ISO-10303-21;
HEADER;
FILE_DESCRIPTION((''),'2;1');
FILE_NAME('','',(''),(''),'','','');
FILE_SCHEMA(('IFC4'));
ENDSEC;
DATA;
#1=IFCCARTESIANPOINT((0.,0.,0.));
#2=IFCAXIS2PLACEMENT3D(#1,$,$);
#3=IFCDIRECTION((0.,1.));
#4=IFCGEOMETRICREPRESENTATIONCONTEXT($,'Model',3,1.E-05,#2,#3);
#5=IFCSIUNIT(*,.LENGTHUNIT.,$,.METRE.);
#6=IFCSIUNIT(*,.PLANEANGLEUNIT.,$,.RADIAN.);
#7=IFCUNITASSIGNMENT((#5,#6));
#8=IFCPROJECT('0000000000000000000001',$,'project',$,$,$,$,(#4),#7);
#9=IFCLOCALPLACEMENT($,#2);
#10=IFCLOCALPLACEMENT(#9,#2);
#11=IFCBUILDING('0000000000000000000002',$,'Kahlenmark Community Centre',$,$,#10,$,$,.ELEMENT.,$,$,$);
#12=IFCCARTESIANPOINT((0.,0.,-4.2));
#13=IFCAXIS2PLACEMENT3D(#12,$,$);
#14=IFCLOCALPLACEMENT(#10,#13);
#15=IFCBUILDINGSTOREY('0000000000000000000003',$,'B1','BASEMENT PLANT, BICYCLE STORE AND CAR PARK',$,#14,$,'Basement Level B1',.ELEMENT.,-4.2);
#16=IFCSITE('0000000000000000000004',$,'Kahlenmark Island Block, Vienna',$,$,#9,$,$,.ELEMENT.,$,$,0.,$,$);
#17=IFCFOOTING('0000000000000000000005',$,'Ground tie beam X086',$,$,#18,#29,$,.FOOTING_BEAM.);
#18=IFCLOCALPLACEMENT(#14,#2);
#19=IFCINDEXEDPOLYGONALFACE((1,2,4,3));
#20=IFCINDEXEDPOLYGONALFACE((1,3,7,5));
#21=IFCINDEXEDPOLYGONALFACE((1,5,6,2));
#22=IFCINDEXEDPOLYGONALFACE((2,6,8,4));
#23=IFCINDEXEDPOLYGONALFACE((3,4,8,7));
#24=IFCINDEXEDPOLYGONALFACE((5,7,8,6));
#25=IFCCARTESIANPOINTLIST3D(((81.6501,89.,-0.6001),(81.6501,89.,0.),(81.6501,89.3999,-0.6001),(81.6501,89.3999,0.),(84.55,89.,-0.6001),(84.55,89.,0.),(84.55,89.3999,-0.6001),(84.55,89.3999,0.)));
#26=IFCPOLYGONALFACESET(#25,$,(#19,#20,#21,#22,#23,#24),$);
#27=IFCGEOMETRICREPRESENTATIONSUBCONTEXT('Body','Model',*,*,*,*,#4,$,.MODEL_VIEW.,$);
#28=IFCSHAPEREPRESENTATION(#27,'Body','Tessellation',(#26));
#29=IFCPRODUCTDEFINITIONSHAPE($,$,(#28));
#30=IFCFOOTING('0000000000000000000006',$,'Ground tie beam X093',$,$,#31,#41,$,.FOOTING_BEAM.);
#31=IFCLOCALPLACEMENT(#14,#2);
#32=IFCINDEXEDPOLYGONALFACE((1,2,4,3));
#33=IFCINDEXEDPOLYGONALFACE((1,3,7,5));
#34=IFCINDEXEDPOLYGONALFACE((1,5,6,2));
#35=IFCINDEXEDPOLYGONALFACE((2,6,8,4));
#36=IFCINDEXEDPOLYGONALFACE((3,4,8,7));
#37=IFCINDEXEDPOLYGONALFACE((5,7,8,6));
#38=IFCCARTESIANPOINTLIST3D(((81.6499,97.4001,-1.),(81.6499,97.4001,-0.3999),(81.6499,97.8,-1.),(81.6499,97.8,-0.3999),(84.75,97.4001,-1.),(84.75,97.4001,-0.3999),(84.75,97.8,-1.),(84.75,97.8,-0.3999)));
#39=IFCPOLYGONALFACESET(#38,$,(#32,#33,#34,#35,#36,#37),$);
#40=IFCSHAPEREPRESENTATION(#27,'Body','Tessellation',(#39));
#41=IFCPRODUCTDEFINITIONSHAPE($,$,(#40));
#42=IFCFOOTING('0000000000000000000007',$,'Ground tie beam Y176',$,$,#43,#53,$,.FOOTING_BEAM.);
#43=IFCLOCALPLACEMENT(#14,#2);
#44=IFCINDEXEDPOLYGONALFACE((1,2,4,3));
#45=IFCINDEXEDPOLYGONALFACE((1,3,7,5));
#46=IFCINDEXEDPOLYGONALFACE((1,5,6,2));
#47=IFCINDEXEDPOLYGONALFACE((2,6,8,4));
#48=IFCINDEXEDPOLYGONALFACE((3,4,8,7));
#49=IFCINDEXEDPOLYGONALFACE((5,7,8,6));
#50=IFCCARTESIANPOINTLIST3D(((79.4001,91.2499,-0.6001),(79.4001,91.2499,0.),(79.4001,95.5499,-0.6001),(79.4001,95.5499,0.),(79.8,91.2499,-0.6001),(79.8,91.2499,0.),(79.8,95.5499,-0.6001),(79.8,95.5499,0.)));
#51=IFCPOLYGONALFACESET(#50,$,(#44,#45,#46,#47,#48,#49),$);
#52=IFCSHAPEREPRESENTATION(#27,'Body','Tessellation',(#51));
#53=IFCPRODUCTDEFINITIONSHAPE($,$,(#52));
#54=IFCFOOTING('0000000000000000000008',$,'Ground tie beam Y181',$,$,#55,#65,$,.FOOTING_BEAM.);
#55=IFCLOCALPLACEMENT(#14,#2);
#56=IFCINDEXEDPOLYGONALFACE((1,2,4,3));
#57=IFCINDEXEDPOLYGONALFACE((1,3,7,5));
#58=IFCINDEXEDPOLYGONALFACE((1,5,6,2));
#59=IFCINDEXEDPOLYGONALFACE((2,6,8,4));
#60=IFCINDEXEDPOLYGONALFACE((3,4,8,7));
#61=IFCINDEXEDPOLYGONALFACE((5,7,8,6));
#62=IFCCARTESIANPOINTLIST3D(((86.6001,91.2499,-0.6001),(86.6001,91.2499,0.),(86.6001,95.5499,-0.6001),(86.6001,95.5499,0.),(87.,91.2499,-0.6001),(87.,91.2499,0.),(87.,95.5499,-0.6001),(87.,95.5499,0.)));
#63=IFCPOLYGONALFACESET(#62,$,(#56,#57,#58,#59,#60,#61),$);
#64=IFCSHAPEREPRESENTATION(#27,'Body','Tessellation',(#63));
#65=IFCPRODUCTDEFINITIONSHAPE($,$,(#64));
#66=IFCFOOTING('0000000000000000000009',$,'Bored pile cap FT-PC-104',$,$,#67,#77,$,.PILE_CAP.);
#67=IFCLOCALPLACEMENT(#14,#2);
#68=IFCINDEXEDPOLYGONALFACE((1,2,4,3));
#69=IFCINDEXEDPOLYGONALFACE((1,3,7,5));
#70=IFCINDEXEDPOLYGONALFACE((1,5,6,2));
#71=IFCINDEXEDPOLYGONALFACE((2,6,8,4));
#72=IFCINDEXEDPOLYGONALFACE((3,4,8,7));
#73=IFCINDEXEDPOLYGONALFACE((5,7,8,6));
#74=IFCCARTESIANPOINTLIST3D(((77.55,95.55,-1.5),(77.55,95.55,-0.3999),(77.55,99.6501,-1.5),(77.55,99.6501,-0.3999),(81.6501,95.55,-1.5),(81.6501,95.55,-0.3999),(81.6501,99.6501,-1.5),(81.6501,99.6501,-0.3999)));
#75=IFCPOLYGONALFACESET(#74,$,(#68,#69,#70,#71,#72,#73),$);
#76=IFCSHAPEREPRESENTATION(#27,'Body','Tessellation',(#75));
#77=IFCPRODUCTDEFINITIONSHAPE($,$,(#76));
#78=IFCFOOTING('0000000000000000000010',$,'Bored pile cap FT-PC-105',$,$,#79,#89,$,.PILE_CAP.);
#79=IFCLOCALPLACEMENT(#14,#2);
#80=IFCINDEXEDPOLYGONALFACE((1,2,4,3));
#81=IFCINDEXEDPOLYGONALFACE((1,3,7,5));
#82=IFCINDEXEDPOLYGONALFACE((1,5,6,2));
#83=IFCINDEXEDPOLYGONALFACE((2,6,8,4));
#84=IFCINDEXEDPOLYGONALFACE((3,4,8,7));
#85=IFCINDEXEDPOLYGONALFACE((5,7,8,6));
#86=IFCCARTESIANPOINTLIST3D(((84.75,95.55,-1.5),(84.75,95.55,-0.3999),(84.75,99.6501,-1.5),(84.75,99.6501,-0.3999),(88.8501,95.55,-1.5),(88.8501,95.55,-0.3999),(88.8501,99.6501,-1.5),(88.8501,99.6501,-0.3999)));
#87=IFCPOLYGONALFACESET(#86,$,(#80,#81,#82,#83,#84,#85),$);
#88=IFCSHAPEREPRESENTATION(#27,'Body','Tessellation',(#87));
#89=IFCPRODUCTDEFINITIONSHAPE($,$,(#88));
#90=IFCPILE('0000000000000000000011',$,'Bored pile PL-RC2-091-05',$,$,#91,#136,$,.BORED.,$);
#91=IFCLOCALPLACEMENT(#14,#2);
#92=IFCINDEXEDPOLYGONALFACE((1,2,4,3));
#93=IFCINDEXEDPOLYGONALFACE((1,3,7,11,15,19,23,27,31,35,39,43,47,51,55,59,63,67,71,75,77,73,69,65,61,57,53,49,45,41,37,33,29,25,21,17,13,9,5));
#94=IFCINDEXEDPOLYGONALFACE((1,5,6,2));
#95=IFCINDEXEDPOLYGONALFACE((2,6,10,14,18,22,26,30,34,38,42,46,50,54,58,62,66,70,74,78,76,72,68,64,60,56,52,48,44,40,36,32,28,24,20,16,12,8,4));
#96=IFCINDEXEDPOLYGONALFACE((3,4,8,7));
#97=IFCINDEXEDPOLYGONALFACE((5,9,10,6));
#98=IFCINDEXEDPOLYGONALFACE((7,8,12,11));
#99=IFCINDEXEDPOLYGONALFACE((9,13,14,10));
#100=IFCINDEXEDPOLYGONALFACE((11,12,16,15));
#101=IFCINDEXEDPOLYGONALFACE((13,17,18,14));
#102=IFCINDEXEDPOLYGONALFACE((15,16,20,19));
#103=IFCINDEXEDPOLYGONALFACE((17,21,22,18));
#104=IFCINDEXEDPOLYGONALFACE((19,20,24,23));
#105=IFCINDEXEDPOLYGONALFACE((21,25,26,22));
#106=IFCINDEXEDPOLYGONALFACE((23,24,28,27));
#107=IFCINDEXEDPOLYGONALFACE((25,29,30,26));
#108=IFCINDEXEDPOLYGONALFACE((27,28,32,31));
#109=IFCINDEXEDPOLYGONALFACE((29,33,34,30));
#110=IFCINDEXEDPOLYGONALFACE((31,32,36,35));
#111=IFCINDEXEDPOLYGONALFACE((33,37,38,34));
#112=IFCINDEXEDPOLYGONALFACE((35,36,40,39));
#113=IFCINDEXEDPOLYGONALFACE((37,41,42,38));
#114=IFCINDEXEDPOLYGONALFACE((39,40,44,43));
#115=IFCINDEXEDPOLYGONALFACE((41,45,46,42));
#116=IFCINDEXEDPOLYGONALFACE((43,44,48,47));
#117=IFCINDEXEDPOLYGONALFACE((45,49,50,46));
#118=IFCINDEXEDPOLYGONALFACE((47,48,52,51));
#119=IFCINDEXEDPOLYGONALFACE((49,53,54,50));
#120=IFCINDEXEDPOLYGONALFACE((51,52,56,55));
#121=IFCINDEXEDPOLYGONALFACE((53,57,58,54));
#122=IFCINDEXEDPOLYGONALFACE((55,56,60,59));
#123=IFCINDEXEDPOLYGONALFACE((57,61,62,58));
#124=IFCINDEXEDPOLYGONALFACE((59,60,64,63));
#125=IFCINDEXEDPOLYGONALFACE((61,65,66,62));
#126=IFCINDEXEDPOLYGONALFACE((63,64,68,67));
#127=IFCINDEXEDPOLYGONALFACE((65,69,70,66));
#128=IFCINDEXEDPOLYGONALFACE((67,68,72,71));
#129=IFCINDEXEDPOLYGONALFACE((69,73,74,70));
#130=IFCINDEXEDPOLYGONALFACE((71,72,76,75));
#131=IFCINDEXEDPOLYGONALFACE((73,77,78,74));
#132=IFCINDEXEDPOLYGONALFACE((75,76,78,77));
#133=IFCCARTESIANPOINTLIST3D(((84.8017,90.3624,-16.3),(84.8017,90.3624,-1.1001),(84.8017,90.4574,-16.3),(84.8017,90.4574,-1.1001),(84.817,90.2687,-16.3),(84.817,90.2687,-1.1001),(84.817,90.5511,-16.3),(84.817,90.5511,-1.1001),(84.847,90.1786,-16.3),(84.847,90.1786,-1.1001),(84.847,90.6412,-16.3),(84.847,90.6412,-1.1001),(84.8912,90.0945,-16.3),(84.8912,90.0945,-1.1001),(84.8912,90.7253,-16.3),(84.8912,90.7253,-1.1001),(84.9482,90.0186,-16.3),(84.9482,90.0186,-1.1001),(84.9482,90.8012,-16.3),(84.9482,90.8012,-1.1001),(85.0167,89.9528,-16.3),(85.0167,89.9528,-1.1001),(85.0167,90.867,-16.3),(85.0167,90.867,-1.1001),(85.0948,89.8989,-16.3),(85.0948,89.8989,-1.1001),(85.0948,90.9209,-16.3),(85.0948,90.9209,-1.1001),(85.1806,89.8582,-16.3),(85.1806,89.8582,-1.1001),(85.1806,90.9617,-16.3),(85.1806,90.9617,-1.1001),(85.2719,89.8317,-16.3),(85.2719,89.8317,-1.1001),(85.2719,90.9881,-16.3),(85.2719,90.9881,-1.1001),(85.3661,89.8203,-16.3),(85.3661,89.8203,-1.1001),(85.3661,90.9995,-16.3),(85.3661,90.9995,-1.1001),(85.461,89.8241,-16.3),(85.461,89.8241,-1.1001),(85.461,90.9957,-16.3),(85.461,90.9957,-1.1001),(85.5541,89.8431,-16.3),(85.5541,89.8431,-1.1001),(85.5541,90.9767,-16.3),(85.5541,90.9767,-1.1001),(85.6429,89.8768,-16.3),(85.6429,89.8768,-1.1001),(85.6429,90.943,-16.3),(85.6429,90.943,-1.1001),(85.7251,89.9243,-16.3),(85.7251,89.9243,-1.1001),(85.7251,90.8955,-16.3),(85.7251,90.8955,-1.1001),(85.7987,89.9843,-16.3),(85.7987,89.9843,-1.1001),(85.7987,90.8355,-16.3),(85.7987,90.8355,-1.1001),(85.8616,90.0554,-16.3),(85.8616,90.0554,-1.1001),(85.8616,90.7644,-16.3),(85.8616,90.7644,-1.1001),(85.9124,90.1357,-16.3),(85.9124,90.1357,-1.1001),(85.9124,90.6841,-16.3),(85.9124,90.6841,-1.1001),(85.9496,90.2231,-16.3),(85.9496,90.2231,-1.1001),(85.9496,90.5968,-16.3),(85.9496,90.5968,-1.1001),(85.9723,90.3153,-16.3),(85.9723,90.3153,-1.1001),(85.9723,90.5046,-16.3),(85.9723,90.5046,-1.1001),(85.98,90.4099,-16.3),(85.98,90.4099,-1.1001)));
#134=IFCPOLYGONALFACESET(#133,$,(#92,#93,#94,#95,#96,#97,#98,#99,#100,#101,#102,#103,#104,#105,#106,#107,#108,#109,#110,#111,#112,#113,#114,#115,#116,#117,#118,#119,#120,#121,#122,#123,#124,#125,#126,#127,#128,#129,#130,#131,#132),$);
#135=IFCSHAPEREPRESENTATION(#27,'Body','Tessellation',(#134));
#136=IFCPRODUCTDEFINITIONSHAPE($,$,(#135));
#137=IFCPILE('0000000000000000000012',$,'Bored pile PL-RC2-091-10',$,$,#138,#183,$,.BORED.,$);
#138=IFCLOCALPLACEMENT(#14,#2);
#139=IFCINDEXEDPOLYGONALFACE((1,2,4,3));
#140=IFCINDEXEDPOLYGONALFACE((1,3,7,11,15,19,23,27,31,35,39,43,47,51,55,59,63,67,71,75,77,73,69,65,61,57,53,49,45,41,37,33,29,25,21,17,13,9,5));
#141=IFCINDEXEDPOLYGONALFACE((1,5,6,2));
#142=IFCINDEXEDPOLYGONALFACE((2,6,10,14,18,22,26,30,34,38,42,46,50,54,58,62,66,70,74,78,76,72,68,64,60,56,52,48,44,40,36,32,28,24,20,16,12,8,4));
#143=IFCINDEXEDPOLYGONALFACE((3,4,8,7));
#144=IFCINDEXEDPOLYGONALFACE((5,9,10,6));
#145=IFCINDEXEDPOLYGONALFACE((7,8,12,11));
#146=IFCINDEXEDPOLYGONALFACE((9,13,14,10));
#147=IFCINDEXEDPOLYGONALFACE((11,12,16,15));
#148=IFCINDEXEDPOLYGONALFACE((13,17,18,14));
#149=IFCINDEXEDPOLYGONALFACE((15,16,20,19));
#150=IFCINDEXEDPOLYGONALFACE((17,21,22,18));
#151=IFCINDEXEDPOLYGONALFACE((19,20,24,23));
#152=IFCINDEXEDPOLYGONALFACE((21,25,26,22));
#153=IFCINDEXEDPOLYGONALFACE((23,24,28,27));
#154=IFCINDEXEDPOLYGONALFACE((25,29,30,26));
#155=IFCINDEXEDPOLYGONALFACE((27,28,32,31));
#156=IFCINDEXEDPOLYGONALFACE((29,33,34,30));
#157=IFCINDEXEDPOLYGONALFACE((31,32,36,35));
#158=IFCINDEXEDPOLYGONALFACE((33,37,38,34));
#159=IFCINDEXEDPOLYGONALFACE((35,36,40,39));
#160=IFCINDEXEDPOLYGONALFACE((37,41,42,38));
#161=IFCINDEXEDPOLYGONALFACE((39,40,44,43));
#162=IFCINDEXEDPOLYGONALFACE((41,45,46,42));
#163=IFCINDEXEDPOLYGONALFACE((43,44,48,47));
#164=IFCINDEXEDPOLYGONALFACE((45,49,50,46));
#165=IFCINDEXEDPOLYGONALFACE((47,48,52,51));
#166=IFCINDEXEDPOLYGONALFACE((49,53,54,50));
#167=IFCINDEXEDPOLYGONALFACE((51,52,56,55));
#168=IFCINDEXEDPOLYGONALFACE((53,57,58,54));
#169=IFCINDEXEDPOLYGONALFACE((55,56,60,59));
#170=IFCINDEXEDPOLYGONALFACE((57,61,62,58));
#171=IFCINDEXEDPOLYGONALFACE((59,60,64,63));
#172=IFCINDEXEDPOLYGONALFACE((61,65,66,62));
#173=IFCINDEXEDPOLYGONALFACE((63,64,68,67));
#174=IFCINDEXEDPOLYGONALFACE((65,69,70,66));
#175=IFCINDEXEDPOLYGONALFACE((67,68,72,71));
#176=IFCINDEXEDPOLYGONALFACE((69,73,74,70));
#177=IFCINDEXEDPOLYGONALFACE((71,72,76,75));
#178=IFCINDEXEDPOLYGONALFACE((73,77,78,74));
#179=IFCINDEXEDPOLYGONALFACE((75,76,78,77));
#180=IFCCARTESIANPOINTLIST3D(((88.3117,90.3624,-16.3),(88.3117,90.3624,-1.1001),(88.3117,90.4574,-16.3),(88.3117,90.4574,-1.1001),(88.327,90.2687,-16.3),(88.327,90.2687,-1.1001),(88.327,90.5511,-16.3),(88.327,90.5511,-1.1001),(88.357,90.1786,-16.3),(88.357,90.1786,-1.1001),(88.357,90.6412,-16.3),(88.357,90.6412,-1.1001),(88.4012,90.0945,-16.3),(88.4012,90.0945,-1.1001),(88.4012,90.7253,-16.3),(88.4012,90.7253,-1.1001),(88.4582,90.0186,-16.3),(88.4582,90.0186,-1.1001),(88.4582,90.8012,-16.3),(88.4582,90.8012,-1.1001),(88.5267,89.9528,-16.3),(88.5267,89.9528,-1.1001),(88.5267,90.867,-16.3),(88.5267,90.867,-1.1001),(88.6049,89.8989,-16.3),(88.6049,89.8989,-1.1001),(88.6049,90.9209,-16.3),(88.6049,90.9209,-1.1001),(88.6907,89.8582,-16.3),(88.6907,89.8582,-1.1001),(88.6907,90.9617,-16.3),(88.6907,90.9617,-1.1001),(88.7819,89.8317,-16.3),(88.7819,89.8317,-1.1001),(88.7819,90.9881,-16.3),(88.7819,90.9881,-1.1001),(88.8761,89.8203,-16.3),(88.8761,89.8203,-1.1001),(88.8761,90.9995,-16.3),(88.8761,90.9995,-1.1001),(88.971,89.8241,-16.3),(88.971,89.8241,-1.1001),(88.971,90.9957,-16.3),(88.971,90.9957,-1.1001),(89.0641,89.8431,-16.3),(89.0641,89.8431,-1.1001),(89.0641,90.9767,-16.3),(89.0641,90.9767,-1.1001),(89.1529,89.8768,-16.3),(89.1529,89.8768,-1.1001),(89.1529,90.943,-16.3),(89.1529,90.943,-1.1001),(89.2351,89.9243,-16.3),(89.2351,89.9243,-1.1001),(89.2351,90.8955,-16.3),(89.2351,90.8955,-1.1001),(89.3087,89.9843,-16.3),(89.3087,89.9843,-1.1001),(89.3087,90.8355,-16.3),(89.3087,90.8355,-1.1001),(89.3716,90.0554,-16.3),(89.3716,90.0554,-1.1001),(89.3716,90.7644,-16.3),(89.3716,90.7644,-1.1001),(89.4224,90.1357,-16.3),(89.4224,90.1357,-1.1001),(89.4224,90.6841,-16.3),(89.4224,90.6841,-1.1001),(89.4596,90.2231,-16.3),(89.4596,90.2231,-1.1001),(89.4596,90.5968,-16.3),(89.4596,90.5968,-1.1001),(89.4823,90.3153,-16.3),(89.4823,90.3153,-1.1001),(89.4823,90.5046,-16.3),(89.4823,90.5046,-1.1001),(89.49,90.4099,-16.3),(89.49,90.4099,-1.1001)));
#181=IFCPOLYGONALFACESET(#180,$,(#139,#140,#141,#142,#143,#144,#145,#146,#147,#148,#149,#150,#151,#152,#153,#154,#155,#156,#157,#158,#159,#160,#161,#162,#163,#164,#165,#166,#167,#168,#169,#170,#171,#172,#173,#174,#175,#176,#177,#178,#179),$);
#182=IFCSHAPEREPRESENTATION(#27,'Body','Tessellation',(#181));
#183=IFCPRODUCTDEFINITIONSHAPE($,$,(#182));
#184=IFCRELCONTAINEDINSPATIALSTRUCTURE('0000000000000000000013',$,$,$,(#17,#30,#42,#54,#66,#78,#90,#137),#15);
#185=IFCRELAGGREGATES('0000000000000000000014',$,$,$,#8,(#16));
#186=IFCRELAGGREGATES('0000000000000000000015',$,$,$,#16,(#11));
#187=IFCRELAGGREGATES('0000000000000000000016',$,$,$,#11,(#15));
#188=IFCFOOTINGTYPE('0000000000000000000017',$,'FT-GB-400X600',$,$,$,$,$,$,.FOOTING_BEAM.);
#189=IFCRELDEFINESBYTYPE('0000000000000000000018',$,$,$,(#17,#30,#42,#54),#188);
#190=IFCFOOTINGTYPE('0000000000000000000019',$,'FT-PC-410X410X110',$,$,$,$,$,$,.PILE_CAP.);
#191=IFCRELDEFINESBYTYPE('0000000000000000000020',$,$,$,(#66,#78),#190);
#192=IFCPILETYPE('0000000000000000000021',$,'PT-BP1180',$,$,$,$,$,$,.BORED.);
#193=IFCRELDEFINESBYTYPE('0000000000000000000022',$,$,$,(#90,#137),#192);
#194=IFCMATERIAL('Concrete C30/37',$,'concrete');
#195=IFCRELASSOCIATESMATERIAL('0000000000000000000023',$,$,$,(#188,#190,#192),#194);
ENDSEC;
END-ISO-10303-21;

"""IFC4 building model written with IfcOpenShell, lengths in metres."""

from ifc_helpers import new_model, si_unit, direction, frame, origin, origin_2d, place, context, subcontext, project, spatial, rectangle, circle, extrude, material, material_profile, profile_set, type_object, element, save


model = new_model("IFC4")

# Units and contexts
model_context = context("Model", 3, precision=1e-05, world=origin(), true_north=direction((0.0, 1.0)))
body_context = subcontext(model_context, "Body", "Model", "MODEL_VIEW")
ifc_project = project(units=[si_unit("LENGTHUNIT", "METRE"), si_unit("PLANEANGLEUNIT", "RADIAN")], contexts=[model_context])

# Site, building, storey
site_placement = place(None, origin())
site = spatial("IfcSite", under=ifc_project, at=site_placement, Name="Kahlenmark Island Block, Vienna", CompositionType="ELEMENT", RefElevation=0.0)
building_placement = place(site_placement, origin())
building = spatial("IfcBuilding", under=site, at=building_placement, Name="Kahlenmark Community Centre", CompositionType="ELEMENT")
storey_placement = place(building_placement, frame((0.0, 0.0, -4.2)))
storey = spatial("IfcBuildingStorey", under=building, at=storey_placement, Name="B1", Description="BASEMENT PLANT, BICYCLE STORE AND CAR PARK", LongName="Basement Level B1", CompositionType="ELEMENT", Elevation=-4.2)

# Footings
ifc_material_1 = material(Name="Concrete C30/37", Category="concrete")
footing_type_1 = type_object("IfcFootingType", Name="FT-GB-400X600", PredefinedType="FOOTING_BEAM", material=ifc_material_1)
footing_1_placement = place(storey_placement, frame((83.1001, 89.2, -0.6001), z_axis=(0.0, 0.0, 1.0), x_axis=(1.0, 0.0, 0.0)))
element("IfcFooting", 1, at=footing_1_placement, inside=storey, type_object=footing_type_1, Name="Ground tie beam X086", PredefinedType="FOOTING_BEAM", context=body_context, shape_type="SweptSolid", body=[
    extrude(rectangle(XDim=2.8999, YDim=0.3999, at=origin_2d()), origin(), (0.0, 0.0, 1.0), 0.6001),
])
footing_2_placement = place(storey_placement, frame((83.2, 97.6001, -1.0), z_axis=(0.0, 0.0, 1.0), x_axis=(1.0, 0.0, 0.0)))
element("IfcFooting", 2, at=footing_2_placement, inside=storey, type_object=footing_type_1, Name="Ground tie beam X093", PredefinedType="FOOTING_BEAM", context=body_context, shape_type="SweptSolid", body=[
    extrude(rectangle(XDim=3.1001, YDim=0.3999, at=origin_2d()), origin(), (0.0, 0.0, 1.0), 0.6001),
])
for number, where, z_axis, x_axis, name in (
    (3, (79.6001, 93.3999, -0.6001), (0.0, 0.0, 1.0), (1.0, 0.0, 0.0), "Ground tie beam Y176"),
    (4, (86.8, 93.3999, -0.6001), (0.0, 0.0, 1.0), (1.0, 0.0, 0.0), "Ground tie beam Y181"),
):
    element("IfcFooting", number, at=place(storey_placement, frame(where, z_axis=z_axis, x_axis=x_axis)), inside=storey, type_object=footing_type_1, Name=name, PredefinedType="FOOTING_BEAM", context=body_context, shape_type="SweptSolid", body=[
        extrude(rectangle(XDim=0.3999, YDim=4.3, at=origin_2d()), origin(), (0.0, 0.0, 1.0), 0.6001),
    ])
footing_type_2 = type_object("IfcFootingType", Name="FT-PC-410X410X110", PredefinedType="PILE_CAP", material=ifc_material_1)
for number, where, z_axis, x_axis, name in (
    (5, (79.6001, 97.6001, -1.5), (0.0, 0.0, 1.0), (1.0, 0.0, 0.0), "Bored pile cap FT-PC-104"),
    (6, (86.8, 97.6001, -1.5), (0.0, 0.0, 1.0), (1.0, 0.0, 0.0), "Bored pile cap FT-PC-105"),
):
    element("IfcFooting", number, at=place(storey_placement, frame(where, z_axis=z_axis, x_axis=x_axis)), inside=storey, type_object=footing_type_2, Name=name, PredefinedType="PILE_CAP", context=body_context, shape_type="SweptSolid", body=[
        extrude(rectangle(XDim=4.1001, YDim=4.1001, at=origin_2d()), origin(), (0.0, 0.0, 1.0), 1.1001),
    ])

# Piles
ifc_material_profile_1 = material_profile(ifc_material_1, circle(Radius=0.5901, at=origin_2d()), Name="BORED PILE 1180")
ifc_profile_set_1 = profile_set([ifc_material_profile_1], Name="Concrete C30/37")
pile_type_1 = type_object("IfcPileType", Name="PT-BP1180", PredefinedType="BORED", material=ifc_profile_set_1)
for number, where, z_axis, x_axis, name in (
    (7, (85.3899, 90.4099, -1.1001), (0.0, 0.0, -1.0), (1.0, 0.0, 0.0), "Bored pile PL-RC2-091-05"),
    (8, (88.8999, 90.4099, -1.1001), (0.0, 0.0, -1.0), (1.0, 0.0, 0.0), "Bored pile PL-RC2-091-10"),
):
    element("IfcPile", number, at=place(storey_placement, frame(where, z_axis=z_axis, x_axis=x_axis)), inside=storey, type_object=pile_type_1, Name=name, PredefinedType="BORED", context=body_context, shape_type="SweptSolid", body=[
        extrude(circle(Radius=0.5901, at=origin_2d()), origin(), (0.0, 0.0, 1.0), 15.2),
    ])

save(model, "model.ifc")
